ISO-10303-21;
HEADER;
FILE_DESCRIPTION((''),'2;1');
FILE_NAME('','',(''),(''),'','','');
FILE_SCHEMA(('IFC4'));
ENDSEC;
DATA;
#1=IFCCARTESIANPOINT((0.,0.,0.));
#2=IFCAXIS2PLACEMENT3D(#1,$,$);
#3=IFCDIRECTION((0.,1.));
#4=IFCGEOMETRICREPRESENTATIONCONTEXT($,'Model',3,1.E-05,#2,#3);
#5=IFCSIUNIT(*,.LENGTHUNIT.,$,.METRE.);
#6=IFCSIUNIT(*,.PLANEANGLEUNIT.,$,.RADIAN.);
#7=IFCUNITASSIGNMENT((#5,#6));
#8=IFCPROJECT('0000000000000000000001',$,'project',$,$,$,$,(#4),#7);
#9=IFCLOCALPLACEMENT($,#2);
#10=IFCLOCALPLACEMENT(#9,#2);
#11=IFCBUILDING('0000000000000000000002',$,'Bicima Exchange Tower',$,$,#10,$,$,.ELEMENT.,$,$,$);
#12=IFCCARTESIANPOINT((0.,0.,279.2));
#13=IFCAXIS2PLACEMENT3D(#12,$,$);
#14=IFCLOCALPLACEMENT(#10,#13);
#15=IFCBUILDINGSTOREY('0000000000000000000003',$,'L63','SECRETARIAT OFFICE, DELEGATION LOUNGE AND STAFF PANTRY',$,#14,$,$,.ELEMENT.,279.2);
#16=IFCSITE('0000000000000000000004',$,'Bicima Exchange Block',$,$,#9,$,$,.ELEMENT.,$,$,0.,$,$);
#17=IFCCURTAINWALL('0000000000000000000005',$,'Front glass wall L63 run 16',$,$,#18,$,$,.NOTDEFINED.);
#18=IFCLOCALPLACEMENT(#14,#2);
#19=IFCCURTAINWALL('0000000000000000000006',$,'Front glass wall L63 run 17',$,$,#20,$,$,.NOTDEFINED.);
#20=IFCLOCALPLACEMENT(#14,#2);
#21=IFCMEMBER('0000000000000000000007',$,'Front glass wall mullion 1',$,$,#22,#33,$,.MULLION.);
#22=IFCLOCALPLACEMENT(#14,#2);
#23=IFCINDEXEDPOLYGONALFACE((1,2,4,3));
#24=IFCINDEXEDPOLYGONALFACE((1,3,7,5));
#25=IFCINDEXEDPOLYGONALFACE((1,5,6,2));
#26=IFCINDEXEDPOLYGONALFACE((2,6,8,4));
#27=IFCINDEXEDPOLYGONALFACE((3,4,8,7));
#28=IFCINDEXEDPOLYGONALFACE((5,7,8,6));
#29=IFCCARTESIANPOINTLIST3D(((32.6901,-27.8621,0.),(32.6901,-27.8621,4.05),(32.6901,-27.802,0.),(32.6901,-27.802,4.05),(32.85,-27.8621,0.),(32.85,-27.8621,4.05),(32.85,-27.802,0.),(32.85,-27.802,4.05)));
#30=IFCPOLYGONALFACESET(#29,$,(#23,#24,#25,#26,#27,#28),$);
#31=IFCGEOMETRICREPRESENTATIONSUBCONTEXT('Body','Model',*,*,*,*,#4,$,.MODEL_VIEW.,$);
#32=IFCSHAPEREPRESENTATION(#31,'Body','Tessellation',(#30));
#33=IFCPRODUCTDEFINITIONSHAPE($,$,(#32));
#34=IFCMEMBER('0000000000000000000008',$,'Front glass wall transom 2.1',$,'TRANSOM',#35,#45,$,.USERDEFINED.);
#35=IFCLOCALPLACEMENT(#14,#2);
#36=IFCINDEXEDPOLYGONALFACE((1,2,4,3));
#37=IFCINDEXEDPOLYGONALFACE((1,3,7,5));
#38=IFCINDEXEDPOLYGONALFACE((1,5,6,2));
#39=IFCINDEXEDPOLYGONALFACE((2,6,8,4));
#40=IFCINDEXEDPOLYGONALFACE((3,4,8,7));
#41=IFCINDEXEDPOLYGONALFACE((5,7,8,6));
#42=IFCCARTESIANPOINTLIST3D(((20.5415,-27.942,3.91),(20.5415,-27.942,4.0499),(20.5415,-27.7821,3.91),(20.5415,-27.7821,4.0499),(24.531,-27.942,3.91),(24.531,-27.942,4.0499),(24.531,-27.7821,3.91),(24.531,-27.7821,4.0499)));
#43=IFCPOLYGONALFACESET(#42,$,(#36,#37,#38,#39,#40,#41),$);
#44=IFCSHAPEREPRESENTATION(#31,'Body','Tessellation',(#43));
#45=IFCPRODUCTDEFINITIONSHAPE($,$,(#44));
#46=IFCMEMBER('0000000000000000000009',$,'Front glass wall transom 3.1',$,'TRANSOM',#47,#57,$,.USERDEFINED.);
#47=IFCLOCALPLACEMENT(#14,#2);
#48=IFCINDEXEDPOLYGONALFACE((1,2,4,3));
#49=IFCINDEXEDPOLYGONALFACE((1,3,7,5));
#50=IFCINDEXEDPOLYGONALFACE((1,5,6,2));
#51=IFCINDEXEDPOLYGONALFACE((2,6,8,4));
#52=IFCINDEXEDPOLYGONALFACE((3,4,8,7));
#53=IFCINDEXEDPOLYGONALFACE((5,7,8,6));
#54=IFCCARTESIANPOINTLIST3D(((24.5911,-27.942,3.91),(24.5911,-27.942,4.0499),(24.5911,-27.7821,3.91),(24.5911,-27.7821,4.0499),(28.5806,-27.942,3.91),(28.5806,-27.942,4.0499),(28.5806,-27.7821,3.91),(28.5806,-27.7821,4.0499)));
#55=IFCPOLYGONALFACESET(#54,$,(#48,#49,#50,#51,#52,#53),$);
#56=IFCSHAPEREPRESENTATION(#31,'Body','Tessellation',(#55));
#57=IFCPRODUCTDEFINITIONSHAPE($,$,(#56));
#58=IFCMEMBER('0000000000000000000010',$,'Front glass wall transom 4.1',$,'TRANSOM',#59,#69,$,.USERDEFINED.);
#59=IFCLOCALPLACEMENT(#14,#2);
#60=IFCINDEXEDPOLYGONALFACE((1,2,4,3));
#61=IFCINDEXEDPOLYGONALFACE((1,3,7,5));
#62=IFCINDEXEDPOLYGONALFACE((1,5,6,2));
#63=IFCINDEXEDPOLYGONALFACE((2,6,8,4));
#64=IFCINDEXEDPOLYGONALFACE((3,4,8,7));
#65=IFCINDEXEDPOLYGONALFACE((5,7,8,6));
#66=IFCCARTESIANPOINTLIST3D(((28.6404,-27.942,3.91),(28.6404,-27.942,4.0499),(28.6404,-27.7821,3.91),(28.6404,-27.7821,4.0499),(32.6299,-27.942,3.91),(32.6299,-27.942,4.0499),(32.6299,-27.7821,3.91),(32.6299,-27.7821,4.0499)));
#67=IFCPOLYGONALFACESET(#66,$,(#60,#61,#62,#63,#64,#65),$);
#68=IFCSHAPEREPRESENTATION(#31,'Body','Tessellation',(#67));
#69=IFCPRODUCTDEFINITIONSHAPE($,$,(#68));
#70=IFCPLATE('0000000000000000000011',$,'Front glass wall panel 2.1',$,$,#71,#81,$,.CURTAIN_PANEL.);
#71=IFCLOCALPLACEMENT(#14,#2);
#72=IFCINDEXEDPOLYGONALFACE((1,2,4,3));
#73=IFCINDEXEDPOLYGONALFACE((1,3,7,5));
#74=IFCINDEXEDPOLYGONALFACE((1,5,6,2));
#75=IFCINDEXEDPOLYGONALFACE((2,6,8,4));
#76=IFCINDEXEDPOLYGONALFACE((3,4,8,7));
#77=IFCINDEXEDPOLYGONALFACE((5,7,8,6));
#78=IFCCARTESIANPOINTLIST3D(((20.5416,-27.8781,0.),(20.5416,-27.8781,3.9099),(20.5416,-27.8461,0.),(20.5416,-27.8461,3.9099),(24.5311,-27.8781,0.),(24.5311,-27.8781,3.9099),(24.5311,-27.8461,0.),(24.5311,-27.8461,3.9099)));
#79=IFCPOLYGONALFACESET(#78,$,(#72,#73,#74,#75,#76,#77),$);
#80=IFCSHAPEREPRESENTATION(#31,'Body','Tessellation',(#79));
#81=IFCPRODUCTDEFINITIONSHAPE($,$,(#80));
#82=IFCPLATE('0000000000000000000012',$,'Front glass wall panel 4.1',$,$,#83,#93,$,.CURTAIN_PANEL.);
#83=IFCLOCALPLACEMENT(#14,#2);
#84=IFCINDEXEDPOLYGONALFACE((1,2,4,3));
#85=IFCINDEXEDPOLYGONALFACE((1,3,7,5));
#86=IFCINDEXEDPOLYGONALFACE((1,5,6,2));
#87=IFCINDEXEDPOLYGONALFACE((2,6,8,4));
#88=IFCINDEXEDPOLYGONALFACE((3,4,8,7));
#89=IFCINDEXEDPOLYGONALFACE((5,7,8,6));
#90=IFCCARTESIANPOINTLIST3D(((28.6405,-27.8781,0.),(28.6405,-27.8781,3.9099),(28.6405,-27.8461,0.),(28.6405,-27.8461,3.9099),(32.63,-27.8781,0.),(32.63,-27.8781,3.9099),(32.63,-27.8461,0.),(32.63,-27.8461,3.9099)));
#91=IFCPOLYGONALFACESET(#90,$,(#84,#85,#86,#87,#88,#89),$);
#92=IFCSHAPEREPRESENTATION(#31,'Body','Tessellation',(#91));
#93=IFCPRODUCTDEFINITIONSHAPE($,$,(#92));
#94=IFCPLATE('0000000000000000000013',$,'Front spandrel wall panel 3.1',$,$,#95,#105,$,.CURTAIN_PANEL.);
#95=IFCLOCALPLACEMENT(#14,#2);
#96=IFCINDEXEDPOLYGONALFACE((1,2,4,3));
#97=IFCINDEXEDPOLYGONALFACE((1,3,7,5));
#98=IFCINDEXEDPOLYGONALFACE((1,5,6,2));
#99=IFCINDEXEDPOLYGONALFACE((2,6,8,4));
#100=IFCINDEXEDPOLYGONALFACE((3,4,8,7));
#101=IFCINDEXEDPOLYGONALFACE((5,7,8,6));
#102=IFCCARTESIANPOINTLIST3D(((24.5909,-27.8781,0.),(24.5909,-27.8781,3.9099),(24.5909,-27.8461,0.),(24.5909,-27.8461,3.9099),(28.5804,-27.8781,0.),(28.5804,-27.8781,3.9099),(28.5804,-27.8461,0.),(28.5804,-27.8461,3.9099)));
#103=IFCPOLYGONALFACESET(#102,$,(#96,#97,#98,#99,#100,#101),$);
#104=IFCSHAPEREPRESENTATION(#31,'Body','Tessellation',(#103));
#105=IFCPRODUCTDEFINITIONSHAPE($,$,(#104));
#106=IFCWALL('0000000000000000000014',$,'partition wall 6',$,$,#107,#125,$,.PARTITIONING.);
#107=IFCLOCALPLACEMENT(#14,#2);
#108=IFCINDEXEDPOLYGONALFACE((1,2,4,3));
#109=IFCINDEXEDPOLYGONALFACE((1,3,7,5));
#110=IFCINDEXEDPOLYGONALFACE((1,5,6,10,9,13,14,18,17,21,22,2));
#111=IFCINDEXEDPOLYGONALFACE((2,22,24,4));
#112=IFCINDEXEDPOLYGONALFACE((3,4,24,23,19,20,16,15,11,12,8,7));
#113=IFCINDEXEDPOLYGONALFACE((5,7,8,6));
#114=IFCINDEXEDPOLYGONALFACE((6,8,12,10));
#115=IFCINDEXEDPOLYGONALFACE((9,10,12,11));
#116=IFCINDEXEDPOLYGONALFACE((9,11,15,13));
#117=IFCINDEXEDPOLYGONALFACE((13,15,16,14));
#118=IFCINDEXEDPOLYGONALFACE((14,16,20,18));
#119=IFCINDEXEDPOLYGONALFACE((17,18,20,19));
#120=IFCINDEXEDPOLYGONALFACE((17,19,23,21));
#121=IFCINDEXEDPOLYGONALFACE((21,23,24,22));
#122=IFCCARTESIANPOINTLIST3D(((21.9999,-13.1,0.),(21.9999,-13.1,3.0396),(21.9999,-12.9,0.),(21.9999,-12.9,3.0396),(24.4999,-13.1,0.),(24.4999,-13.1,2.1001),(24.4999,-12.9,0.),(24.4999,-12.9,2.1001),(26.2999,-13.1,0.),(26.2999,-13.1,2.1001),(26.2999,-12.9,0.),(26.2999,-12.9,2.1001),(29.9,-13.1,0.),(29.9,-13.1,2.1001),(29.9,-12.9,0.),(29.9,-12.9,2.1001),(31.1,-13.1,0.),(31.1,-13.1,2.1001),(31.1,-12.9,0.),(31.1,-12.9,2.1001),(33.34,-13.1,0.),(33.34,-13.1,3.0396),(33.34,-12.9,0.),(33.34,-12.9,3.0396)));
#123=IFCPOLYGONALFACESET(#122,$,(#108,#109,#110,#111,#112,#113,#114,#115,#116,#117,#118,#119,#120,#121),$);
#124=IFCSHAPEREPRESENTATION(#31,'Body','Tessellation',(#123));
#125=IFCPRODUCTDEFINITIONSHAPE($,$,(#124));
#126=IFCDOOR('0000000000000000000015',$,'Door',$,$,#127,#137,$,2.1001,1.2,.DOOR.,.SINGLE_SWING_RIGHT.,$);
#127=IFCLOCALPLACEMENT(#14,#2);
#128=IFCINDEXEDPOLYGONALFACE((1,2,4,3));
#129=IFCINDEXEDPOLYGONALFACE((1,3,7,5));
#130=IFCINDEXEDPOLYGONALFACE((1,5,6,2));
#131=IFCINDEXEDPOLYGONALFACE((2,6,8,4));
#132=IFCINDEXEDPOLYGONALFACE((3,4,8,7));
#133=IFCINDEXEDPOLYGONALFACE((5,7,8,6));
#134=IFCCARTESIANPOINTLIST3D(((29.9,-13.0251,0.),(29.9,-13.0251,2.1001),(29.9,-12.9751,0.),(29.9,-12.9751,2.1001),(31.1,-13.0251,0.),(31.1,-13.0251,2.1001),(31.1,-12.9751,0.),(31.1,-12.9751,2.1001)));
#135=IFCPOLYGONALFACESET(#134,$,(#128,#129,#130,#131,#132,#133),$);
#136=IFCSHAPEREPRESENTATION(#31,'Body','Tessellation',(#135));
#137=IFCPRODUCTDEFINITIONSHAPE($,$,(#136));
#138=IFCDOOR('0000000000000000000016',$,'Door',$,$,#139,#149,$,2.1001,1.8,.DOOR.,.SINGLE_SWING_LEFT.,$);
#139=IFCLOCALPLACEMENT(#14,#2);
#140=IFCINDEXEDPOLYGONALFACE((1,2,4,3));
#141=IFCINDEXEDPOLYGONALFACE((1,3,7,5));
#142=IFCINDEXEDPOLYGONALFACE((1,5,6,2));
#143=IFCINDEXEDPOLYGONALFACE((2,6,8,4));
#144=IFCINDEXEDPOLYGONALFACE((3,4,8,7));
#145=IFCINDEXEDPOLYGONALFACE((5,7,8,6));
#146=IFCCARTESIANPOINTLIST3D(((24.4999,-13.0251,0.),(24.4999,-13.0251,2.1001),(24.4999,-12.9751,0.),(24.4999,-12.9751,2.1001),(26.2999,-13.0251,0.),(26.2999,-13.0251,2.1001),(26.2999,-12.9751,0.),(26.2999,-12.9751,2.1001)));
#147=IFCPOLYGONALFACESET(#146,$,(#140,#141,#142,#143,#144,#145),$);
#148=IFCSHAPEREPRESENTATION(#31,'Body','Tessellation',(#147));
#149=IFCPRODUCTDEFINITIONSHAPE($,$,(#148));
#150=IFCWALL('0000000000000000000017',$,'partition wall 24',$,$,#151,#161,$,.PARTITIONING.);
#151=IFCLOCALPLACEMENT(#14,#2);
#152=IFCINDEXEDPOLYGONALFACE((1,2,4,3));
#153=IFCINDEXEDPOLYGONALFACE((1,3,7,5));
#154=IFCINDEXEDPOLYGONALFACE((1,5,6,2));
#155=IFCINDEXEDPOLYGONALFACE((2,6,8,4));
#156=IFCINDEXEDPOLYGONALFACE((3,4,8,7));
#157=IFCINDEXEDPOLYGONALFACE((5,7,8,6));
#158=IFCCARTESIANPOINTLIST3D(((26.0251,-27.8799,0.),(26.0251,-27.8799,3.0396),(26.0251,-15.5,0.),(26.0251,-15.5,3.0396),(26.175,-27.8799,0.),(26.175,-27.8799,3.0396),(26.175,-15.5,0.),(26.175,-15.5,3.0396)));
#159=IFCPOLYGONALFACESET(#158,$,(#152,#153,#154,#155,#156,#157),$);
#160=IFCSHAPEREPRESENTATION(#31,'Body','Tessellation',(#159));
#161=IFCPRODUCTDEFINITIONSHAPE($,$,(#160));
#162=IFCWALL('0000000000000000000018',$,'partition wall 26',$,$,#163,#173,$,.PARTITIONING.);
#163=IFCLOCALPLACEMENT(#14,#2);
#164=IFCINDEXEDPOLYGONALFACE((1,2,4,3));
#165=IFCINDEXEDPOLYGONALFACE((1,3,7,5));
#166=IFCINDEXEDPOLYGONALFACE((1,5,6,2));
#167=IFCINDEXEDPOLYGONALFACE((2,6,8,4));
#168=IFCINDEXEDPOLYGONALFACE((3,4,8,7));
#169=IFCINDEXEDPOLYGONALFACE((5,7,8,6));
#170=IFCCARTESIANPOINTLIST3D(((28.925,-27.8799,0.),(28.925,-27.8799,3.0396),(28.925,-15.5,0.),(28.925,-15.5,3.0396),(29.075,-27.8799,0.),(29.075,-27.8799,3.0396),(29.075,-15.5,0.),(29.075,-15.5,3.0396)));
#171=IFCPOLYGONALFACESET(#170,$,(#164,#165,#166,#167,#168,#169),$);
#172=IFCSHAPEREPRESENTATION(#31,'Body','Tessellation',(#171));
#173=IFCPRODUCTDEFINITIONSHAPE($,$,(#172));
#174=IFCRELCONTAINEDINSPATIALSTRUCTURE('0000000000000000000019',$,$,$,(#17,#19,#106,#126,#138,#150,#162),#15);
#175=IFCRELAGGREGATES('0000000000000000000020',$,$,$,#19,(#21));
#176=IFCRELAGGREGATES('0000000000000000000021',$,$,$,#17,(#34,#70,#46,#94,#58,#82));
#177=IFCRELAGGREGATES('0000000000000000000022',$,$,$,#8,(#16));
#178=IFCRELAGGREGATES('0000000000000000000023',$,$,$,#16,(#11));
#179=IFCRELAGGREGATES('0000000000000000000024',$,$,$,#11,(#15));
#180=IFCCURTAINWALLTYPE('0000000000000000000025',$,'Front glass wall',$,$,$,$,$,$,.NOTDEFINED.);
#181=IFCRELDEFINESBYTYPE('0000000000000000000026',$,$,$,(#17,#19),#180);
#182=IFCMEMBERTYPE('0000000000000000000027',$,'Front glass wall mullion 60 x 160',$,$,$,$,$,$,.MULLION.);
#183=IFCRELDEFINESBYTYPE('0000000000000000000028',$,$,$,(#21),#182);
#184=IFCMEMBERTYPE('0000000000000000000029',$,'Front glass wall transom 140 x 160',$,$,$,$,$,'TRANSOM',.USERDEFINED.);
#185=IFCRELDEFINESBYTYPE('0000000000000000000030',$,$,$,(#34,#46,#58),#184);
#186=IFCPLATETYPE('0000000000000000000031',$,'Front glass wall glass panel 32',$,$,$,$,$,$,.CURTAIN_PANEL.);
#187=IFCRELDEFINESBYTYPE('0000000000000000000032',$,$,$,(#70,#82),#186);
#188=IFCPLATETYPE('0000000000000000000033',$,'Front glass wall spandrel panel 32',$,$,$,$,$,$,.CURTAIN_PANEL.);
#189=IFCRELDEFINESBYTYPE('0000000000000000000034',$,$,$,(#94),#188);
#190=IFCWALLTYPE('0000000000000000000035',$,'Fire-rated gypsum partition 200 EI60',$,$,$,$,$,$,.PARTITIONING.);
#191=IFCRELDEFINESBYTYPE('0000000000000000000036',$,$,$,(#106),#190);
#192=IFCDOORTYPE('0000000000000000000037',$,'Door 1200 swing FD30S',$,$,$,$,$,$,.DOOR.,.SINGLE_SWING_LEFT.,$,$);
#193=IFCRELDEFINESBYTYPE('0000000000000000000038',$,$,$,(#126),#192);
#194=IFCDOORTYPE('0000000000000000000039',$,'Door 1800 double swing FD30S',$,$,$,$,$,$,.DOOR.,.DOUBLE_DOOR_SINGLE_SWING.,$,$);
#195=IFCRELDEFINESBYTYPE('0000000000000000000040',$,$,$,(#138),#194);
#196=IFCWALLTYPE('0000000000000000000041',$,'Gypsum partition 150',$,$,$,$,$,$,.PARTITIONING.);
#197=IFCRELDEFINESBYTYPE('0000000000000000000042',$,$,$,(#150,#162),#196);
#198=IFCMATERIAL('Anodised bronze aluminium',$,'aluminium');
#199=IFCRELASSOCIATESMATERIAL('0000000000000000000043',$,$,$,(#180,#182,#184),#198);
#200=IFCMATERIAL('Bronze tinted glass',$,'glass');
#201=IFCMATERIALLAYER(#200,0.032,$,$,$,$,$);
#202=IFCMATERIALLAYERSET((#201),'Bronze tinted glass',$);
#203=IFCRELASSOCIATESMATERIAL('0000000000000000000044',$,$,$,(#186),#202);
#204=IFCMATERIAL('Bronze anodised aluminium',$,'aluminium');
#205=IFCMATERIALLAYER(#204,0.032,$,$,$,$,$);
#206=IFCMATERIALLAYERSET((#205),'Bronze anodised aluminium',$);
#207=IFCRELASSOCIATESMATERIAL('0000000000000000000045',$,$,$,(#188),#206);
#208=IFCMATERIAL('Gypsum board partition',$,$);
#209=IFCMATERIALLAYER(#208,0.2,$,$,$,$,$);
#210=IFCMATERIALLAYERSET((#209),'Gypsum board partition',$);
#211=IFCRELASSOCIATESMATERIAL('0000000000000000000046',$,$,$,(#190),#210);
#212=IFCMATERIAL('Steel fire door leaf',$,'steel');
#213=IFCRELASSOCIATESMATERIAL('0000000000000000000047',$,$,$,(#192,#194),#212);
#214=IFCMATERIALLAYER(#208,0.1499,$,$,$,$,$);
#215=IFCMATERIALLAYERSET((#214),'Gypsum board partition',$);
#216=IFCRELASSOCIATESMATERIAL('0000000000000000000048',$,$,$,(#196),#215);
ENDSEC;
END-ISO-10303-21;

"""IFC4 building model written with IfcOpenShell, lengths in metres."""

from ifc_helpers import new_model, si_unit, direction, frame, frame_2d, origin, origin_2d, place, context, subcontext, project, spatial, rectangle, extrude, material, layer, layer_set, material_profile, profile_set, type_object, element, fill, aggregate, save


model = new_model("IFC4")

# Units and contexts
model_context = context("Model", 3, precision=1e-05, world=origin(), true_north=direction((0.0, 1.0)))
body_context = subcontext(model_context, "Body", "Model", "MODEL_VIEW")
ifc_project = project(units=[si_unit("LENGTHUNIT", "METRE"), si_unit("PLANEANGLEUNIT", "RADIAN")], contexts=[model_context])

# Site, building, storey
site_placement = place(None, origin())
site = spatial("IfcSite", under=ifc_project, at=site_placement, Name="Bicima Exchange Block", CompositionType="ELEMENT", RefElevation=0.0)
building_placement = place(site_placement, origin())
building = spatial("IfcBuilding", under=site, at=building_placement, Name="Bicima Exchange Tower", CompositionType="ELEMENT")
storey_placement = place(building_placement, frame((0.0, 0.0, 279.2)))
storey = spatial("IfcBuildingStorey", under=building, at=storey_placement, Name="L63", Description="SECRETARIAT OFFICE, DELEGATION LOUNGE AND STAFF PANTRY", CompositionType="ELEMENT", Elevation=279.2)

# Curtain wall
ifc_material_1 = material(Name="Anodised bronze aluminium", Category="aluminium")
curtain_wall_type = type_object("IfcCurtainWallType", Name="Front glass wall", PredefinedType="NOTDEFINED", material=ifc_material_1)
curtain_wall_1_placement = place(storey_placement, origin())
curtain_wall_1 = element("IfcCurtainWall", 1, at=curtain_wall_1_placement, inside=storey, type_object=curtain_wall_type, Name="Front glass wall L63 run 16", PredefinedType="NOTDEFINED")
ifc_material_profile_1 = material_profile(ifc_material_1, rectangle(XDim=0.1599, YDim=0.0601, at=origin_2d()))
ifc_profile_set_1 = profile_set([ifc_material_profile_1], Name="Anodised bronze aluminium")
member_type_1 = type_object("IfcMemberType", Name="Front glass wall mullion 60 x 160", PredefinedType="MULLION", material=ifc_profile_set_1)

# Curtain wall, member
curtain_wall_2_placement = place(storey_placement, origin())
curtain_wall_2 = element("IfcCurtainWall", 2, at=curtain_wall_2_placement, inside=storey, type_object=curtain_wall_type, Name="Front glass wall L63 run 17", PredefinedType="NOTDEFINED")
member_1_placement = place(storey_placement, frame((32.77, -27.832, 0.0), z_axis=(0.0, 0.0, 1.0), x_axis=(-1.0, 0.0, 0.0)))
member_1 = element("IfcMember", 3, at=member_1_placement, type_object=member_type_1, Name="Front glass wall mullion 1", PredefinedType="MULLION", context=body_context, shape_type="SweptSolid", body=[
    extrude(rectangle(XDim=0.1599, YDim=0.0601, at=origin_2d()), origin(), (0.0, 0.0, 1.0), 4.05),
])
aggregate(curtain_wall_2, [member_1])

# Members
ifc_material_profile_2 = material_profile(ifc_material_1, rectangle(XDim=0.1599, YDim=0.1399, at=origin_2d()))
ifc_profile_set_2 = profile_set([ifc_material_profile_2], Name="Anodised bronze aluminium")
member_type_2 = type_object("IfcMemberType", Name="Front glass wall transom 140 x 160", ElementType="TRANSOM", PredefinedType="USERDEFINED", material=ifc_profile_set_2)
member_2_placement = place(storey_placement, frame((20.5415, -27.8621, 3.98), z_axis=(1.0, 0.0, 0.0), x_axis=(0.0, 1.0, 0.0)))
member_2 = element("IfcMember", 4, at=member_2_placement, type_object=member_type_2, Name="Front glass wall transom 2.1", ObjectType="TRANSOM", PredefinedType="USERDEFINED", context=body_context, shape_type="SweptSolid", body=[
    extrude(rectangle(XDim=0.1599, YDim=0.1399, at=origin_2d()), origin(), (0.0, 0.0, 1.0), 3.9895),
])
member_3_placement = place(storey_placement, frame((24.5911, -27.8621, 3.98), z_axis=(1.0, 0.0, 0.0), x_axis=(0.0, 1.0, 0.0)))
member_3 = element("IfcMember", 5, at=member_3_placement, type_object=member_type_2, Name="Front glass wall transom 3.1", ObjectType="TRANSOM", PredefinedType="USERDEFINED", context=body_context, shape_type="SweptSolid", body=[
    extrude(rectangle(XDim=0.1599, YDim=0.1399, at=origin_2d()), origin(), (0.0, 0.0, 1.0), 3.9895),
])
member_4_placement = place(storey_placement, frame((28.6404, -27.8621, 3.98), z_axis=(1.0, 0.0, 0.0), x_axis=(0.0, 1.0, 0.0)))
member_4 = element("IfcMember", 6, at=member_4_placement, type_object=member_type_2, Name="Front glass wall transom 4.1", ObjectType="TRANSOM", PredefinedType="USERDEFINED", context=body_context, shape_type="SweptSolid", body=[
    extrude(rectangle(XDim=0.1599, YDim=0.1399, at=origin_2d()), origin(), (0.0, 0.0, 1.0), 3.9895),
])

# Plates
ifc_material_2 = material(Name="Bronze tinted glass", Category="glass")
ifc_layer_1 = layer(ifc_material_2, 0.032)
ifc_layer_set_1 = layer_set([ifc_layer_1], Name="Bronze tinted glass")
plate_type_1 = type_object("IfcPlateType", Name="Front glass wall glass panel 32", PredefinedType="CURTAIN_PANEL", material=ifc_layer_set_1)
plate_1_placement = place(storey_placement, frame((22.5364, -27.8621, 0.0), z_axis=(0.0, 0.0, 1.0), x_axis=(1.0, 0.0, 0.0)))
plate_1 = element("IfcPlate", 7, at=plate_1_placement, type_object=plate_type_1, Name="Front glass wall panel 2.1", PredefinedType="CURTAIN_PANEL", context=body_context, shape_type="SweptSolid", body=[
    extrude(rectangle(XDim=3.9895, YDim=0.032, at=origin_2d()), origin(), (0.0, 0.0, 1.0), 3.9099),
])
plate_2_placement = place(storey_placement, frame((30.6353, -27.8621, 0.0), z_axis=(0.0, 0.0, 1.0), x_axis=(1.0, 0.0, 0.0)))
plate_2 = element("IfcPlate", 8, at=plate_2_placement, type_object=plate_type_1, Name="Front glass wall panel 4.1", PredefinedType="CURTAIN_PANEL", context=body_context, shape_type="SweptSolid", body=[
    extrude(rectangle(XDim=3.9895, YDim=0.032, at=origin_2d()), origin(), (0.0, 0.0, 1.0), 3.9099),
])
ifc_material_3 = material(Name="Bronze anodised aluminium", Category="aluminium")
ifc_layer_2 = layer(ifc_material_3, 0.032)
ifc_layer_set_2 = layer_set([ifc_layer_2], Name="Bronze anodised aluminium")
plate_type_2 = type_object("IfcPlateType", Name="Front glass wall spandrel panel 32", PredefinedType="CURTAIN_PANEL", material=ifc_layer_set_2)
plate_3_placement = place(storey_placement, frame((26.5857, -27.8621, 0.0), z_axis=(0.0, 0.0, 1.0), x_axis=(1.0, 0.0, 0.0)))
plate_3 = element("IfcPlate", 9, at=plate_3_placement, type_object=plate_type_2, Name="Front spandrel wall panel 3.1", PredefinedType="CURTAIN_PANEL", context=body_context, shape_type="SweptSolid", body=[
    extrude(rectangle(XDim=3.9895, YDim=0.032, at=origin_2d()), origin(), (0.0, 0.0, 1.0), 3.9099),
])
aggregate(curtain_wall_1, [member_2, plate_1, member_3, plate_3, member_4, plate_2])

# Wall, openings, doors
ifc_material_4 = material(Name="Gypsum board partition")
ifc_layer_3 = layer(ifc_material_4, 0.2)
ifc_layer_set_3 = layer_set([ifc_layer_3], Name="Gypsum board partition")
wall_type_1 = type_object("IfcWallType", Name="Fire-rated gypsum partition 200 EI60", PredefinedType="PARTITIONING", material=ifc_layer_set_3)
wall_placement = place(storey_placement, frame((22.0, -13.0, 0.0), z_axis=(0.0, 0.0, 1.0), x_axis=(1.0, 0.0, 0.0)))
wall = element("IfcWall", 10, at=wall_placement, inside=storey, type_object=wall_type_1, Name="partition wall 6", PredefinedType="PARTITIONING", context=body_context, shape_type="SweptSolid", body=[
    extrude(rectangle(XDim=11.3401, YDim=0.2, at=frame_2d((5.6699, 0.0))), origin(), (0.0, 0.0, 1.0), 3.0396),
])
opening_1_placement = place(wall_placement, frame((7.8999, 0.0, 0.0)))
opening_1 = element("IfcOpeningElement", 11, at=opening_1_placement, cuts=wall, PredefinedType="OPENING", context=body_context, shape_type="SweptSolid", body=[
    extrude(rectangle(XDim=1.2, YDim=2.1001, at=frame_2d((0.6001, 1.05))), frame((0.0, 0.1118, 0.0), z_axis=(0.0, -1.0, 0.0), x_axis=(1.0, 0.0, 0.0)), (0.0, 0.0, 1.0), 0.2239),
])
opening_2_placement = place(wall_placement, frame((2.5, 0.0, 0.0)))
opening_2 = element("IfcOpeningElement", 12, at=opening_2_placement, cuts=wall, PredefinedType="OPENING", context=body_context, shape_type="SweptSolid", body=[
    extrude(rectangle(XDim=1.8, YDim=2.1001, at=frame_2d((0.8999, 1.05))), frame((0.0, 0.1118, 0.0), z_axis=(0.0, -1.0, 0.0), x_axis=(1.0, 0.0, 0.0)), (0.0, 0.0, 1.0), 0.2239),
])
ifc_material_5 = material(Name="Steel fire door leaf", Category="steel")
door_type_1 = type_object("IfcDoorType", Name="Door 1200 swing FD30S", OperationType="SINGLE_SWING_LEFT", PredefinedType="DOOR", material=ifc_material_5)
door_1_placement = place(opening_1_placement, origin())
door_1 = element("IfcDoor", 13, at=door_1_placement, inside=storey, type_object=door_type_1, Name="Door", OperationType="SINGLE_SWING_RIGHT", OverallHeight=2.1001, OverallWidth=1.2, PredefinedType="DOOR", context=body_context, shape_type="SweptSolid", body=[
    extrude(rectangle(XDim=1.2, YDim=2.1001, at=frame_2d((0.6001, 1.05))), frame((0.0, 0.0249, 0.0), z_axis=(0.0, -1.0, 0.0), x_axis=(1.0, 0.0, 0.0)), (0.0, 0.0, 1.0), 0.05),
])
fill(opening_1, door_1)
door_type_2 = type_object("IfcDoorType", Name="Door 1800 double swing FD30S", OperationType="DOUBLE_DOOR_SINGLE_SWING", PredefinedType="DOOR", material=ifc_material_5)
door_2_placement = place(opening_2_placement, origin())
door_2 = element("IfcDoor", 14, at=door_2_placement, inside=storey, type_object=door_type_2, Name="Door", OperationType="SINGLE_SWING_LEFT", OverallHeight=2.1001, OverallWidth=1.8, PredefinedType="DOOR", context=body_context, shape_type="SweptSolid", body=[
    extrude(rectangle(XDim=1.8, YDim=2.1001, at=frame_2d((0.8999, 1.05))), frame((0.0, 0.0249, 0.0), z_axis=(0.0, -1.0, 0.0), x_axis=(1.0, 0.0, 0.0)), (0.0, 0.0, 1.0), 0.05),
])
fill(opening_2, door_2)

# Walls
ifc_layer_4 = layer(ifc_material_4, 0.1499)
ifc_layer_set_4 = layer_set([ifc_layer_4], Name="Gypsum board partition")
wall_type_2 = type_object("IfcWallType", Name="Gypsum partition 150", PredefinedType="PARTITIONING", material=ifc_layer_set_4)
for number, where, z_axis, x_axis, name in (
    (15, (26.1001, -27.8799, 0.0), (0.0, 0.0, 1.0), (0.0, 1.0, 0.0), "partition wall 24"),
    (16, (29.0, -27.8799, 0.0), (0.0, 0.0, 1.0), (0.0, 1.0, 0.0), "partition wall 26"),
):
    element("IfcWall", number, at=place(storey_placement, frame(where, z_axis=z_axis, x_axis=x_axis)), inside=storey, type_object=wall_type_2, Name=name, PredefinedType="PARTITIONING", context=body_context, shape_type="SweptSolid", body=[
        extrude(rectangle(XDim=12.3799, YDim=0.1499, at=frame_2d((6.1899, 0.0))), origin(), (0.0, 0.0, 1.0), 3.0396),
    ])

save(model, "model.ifc")
